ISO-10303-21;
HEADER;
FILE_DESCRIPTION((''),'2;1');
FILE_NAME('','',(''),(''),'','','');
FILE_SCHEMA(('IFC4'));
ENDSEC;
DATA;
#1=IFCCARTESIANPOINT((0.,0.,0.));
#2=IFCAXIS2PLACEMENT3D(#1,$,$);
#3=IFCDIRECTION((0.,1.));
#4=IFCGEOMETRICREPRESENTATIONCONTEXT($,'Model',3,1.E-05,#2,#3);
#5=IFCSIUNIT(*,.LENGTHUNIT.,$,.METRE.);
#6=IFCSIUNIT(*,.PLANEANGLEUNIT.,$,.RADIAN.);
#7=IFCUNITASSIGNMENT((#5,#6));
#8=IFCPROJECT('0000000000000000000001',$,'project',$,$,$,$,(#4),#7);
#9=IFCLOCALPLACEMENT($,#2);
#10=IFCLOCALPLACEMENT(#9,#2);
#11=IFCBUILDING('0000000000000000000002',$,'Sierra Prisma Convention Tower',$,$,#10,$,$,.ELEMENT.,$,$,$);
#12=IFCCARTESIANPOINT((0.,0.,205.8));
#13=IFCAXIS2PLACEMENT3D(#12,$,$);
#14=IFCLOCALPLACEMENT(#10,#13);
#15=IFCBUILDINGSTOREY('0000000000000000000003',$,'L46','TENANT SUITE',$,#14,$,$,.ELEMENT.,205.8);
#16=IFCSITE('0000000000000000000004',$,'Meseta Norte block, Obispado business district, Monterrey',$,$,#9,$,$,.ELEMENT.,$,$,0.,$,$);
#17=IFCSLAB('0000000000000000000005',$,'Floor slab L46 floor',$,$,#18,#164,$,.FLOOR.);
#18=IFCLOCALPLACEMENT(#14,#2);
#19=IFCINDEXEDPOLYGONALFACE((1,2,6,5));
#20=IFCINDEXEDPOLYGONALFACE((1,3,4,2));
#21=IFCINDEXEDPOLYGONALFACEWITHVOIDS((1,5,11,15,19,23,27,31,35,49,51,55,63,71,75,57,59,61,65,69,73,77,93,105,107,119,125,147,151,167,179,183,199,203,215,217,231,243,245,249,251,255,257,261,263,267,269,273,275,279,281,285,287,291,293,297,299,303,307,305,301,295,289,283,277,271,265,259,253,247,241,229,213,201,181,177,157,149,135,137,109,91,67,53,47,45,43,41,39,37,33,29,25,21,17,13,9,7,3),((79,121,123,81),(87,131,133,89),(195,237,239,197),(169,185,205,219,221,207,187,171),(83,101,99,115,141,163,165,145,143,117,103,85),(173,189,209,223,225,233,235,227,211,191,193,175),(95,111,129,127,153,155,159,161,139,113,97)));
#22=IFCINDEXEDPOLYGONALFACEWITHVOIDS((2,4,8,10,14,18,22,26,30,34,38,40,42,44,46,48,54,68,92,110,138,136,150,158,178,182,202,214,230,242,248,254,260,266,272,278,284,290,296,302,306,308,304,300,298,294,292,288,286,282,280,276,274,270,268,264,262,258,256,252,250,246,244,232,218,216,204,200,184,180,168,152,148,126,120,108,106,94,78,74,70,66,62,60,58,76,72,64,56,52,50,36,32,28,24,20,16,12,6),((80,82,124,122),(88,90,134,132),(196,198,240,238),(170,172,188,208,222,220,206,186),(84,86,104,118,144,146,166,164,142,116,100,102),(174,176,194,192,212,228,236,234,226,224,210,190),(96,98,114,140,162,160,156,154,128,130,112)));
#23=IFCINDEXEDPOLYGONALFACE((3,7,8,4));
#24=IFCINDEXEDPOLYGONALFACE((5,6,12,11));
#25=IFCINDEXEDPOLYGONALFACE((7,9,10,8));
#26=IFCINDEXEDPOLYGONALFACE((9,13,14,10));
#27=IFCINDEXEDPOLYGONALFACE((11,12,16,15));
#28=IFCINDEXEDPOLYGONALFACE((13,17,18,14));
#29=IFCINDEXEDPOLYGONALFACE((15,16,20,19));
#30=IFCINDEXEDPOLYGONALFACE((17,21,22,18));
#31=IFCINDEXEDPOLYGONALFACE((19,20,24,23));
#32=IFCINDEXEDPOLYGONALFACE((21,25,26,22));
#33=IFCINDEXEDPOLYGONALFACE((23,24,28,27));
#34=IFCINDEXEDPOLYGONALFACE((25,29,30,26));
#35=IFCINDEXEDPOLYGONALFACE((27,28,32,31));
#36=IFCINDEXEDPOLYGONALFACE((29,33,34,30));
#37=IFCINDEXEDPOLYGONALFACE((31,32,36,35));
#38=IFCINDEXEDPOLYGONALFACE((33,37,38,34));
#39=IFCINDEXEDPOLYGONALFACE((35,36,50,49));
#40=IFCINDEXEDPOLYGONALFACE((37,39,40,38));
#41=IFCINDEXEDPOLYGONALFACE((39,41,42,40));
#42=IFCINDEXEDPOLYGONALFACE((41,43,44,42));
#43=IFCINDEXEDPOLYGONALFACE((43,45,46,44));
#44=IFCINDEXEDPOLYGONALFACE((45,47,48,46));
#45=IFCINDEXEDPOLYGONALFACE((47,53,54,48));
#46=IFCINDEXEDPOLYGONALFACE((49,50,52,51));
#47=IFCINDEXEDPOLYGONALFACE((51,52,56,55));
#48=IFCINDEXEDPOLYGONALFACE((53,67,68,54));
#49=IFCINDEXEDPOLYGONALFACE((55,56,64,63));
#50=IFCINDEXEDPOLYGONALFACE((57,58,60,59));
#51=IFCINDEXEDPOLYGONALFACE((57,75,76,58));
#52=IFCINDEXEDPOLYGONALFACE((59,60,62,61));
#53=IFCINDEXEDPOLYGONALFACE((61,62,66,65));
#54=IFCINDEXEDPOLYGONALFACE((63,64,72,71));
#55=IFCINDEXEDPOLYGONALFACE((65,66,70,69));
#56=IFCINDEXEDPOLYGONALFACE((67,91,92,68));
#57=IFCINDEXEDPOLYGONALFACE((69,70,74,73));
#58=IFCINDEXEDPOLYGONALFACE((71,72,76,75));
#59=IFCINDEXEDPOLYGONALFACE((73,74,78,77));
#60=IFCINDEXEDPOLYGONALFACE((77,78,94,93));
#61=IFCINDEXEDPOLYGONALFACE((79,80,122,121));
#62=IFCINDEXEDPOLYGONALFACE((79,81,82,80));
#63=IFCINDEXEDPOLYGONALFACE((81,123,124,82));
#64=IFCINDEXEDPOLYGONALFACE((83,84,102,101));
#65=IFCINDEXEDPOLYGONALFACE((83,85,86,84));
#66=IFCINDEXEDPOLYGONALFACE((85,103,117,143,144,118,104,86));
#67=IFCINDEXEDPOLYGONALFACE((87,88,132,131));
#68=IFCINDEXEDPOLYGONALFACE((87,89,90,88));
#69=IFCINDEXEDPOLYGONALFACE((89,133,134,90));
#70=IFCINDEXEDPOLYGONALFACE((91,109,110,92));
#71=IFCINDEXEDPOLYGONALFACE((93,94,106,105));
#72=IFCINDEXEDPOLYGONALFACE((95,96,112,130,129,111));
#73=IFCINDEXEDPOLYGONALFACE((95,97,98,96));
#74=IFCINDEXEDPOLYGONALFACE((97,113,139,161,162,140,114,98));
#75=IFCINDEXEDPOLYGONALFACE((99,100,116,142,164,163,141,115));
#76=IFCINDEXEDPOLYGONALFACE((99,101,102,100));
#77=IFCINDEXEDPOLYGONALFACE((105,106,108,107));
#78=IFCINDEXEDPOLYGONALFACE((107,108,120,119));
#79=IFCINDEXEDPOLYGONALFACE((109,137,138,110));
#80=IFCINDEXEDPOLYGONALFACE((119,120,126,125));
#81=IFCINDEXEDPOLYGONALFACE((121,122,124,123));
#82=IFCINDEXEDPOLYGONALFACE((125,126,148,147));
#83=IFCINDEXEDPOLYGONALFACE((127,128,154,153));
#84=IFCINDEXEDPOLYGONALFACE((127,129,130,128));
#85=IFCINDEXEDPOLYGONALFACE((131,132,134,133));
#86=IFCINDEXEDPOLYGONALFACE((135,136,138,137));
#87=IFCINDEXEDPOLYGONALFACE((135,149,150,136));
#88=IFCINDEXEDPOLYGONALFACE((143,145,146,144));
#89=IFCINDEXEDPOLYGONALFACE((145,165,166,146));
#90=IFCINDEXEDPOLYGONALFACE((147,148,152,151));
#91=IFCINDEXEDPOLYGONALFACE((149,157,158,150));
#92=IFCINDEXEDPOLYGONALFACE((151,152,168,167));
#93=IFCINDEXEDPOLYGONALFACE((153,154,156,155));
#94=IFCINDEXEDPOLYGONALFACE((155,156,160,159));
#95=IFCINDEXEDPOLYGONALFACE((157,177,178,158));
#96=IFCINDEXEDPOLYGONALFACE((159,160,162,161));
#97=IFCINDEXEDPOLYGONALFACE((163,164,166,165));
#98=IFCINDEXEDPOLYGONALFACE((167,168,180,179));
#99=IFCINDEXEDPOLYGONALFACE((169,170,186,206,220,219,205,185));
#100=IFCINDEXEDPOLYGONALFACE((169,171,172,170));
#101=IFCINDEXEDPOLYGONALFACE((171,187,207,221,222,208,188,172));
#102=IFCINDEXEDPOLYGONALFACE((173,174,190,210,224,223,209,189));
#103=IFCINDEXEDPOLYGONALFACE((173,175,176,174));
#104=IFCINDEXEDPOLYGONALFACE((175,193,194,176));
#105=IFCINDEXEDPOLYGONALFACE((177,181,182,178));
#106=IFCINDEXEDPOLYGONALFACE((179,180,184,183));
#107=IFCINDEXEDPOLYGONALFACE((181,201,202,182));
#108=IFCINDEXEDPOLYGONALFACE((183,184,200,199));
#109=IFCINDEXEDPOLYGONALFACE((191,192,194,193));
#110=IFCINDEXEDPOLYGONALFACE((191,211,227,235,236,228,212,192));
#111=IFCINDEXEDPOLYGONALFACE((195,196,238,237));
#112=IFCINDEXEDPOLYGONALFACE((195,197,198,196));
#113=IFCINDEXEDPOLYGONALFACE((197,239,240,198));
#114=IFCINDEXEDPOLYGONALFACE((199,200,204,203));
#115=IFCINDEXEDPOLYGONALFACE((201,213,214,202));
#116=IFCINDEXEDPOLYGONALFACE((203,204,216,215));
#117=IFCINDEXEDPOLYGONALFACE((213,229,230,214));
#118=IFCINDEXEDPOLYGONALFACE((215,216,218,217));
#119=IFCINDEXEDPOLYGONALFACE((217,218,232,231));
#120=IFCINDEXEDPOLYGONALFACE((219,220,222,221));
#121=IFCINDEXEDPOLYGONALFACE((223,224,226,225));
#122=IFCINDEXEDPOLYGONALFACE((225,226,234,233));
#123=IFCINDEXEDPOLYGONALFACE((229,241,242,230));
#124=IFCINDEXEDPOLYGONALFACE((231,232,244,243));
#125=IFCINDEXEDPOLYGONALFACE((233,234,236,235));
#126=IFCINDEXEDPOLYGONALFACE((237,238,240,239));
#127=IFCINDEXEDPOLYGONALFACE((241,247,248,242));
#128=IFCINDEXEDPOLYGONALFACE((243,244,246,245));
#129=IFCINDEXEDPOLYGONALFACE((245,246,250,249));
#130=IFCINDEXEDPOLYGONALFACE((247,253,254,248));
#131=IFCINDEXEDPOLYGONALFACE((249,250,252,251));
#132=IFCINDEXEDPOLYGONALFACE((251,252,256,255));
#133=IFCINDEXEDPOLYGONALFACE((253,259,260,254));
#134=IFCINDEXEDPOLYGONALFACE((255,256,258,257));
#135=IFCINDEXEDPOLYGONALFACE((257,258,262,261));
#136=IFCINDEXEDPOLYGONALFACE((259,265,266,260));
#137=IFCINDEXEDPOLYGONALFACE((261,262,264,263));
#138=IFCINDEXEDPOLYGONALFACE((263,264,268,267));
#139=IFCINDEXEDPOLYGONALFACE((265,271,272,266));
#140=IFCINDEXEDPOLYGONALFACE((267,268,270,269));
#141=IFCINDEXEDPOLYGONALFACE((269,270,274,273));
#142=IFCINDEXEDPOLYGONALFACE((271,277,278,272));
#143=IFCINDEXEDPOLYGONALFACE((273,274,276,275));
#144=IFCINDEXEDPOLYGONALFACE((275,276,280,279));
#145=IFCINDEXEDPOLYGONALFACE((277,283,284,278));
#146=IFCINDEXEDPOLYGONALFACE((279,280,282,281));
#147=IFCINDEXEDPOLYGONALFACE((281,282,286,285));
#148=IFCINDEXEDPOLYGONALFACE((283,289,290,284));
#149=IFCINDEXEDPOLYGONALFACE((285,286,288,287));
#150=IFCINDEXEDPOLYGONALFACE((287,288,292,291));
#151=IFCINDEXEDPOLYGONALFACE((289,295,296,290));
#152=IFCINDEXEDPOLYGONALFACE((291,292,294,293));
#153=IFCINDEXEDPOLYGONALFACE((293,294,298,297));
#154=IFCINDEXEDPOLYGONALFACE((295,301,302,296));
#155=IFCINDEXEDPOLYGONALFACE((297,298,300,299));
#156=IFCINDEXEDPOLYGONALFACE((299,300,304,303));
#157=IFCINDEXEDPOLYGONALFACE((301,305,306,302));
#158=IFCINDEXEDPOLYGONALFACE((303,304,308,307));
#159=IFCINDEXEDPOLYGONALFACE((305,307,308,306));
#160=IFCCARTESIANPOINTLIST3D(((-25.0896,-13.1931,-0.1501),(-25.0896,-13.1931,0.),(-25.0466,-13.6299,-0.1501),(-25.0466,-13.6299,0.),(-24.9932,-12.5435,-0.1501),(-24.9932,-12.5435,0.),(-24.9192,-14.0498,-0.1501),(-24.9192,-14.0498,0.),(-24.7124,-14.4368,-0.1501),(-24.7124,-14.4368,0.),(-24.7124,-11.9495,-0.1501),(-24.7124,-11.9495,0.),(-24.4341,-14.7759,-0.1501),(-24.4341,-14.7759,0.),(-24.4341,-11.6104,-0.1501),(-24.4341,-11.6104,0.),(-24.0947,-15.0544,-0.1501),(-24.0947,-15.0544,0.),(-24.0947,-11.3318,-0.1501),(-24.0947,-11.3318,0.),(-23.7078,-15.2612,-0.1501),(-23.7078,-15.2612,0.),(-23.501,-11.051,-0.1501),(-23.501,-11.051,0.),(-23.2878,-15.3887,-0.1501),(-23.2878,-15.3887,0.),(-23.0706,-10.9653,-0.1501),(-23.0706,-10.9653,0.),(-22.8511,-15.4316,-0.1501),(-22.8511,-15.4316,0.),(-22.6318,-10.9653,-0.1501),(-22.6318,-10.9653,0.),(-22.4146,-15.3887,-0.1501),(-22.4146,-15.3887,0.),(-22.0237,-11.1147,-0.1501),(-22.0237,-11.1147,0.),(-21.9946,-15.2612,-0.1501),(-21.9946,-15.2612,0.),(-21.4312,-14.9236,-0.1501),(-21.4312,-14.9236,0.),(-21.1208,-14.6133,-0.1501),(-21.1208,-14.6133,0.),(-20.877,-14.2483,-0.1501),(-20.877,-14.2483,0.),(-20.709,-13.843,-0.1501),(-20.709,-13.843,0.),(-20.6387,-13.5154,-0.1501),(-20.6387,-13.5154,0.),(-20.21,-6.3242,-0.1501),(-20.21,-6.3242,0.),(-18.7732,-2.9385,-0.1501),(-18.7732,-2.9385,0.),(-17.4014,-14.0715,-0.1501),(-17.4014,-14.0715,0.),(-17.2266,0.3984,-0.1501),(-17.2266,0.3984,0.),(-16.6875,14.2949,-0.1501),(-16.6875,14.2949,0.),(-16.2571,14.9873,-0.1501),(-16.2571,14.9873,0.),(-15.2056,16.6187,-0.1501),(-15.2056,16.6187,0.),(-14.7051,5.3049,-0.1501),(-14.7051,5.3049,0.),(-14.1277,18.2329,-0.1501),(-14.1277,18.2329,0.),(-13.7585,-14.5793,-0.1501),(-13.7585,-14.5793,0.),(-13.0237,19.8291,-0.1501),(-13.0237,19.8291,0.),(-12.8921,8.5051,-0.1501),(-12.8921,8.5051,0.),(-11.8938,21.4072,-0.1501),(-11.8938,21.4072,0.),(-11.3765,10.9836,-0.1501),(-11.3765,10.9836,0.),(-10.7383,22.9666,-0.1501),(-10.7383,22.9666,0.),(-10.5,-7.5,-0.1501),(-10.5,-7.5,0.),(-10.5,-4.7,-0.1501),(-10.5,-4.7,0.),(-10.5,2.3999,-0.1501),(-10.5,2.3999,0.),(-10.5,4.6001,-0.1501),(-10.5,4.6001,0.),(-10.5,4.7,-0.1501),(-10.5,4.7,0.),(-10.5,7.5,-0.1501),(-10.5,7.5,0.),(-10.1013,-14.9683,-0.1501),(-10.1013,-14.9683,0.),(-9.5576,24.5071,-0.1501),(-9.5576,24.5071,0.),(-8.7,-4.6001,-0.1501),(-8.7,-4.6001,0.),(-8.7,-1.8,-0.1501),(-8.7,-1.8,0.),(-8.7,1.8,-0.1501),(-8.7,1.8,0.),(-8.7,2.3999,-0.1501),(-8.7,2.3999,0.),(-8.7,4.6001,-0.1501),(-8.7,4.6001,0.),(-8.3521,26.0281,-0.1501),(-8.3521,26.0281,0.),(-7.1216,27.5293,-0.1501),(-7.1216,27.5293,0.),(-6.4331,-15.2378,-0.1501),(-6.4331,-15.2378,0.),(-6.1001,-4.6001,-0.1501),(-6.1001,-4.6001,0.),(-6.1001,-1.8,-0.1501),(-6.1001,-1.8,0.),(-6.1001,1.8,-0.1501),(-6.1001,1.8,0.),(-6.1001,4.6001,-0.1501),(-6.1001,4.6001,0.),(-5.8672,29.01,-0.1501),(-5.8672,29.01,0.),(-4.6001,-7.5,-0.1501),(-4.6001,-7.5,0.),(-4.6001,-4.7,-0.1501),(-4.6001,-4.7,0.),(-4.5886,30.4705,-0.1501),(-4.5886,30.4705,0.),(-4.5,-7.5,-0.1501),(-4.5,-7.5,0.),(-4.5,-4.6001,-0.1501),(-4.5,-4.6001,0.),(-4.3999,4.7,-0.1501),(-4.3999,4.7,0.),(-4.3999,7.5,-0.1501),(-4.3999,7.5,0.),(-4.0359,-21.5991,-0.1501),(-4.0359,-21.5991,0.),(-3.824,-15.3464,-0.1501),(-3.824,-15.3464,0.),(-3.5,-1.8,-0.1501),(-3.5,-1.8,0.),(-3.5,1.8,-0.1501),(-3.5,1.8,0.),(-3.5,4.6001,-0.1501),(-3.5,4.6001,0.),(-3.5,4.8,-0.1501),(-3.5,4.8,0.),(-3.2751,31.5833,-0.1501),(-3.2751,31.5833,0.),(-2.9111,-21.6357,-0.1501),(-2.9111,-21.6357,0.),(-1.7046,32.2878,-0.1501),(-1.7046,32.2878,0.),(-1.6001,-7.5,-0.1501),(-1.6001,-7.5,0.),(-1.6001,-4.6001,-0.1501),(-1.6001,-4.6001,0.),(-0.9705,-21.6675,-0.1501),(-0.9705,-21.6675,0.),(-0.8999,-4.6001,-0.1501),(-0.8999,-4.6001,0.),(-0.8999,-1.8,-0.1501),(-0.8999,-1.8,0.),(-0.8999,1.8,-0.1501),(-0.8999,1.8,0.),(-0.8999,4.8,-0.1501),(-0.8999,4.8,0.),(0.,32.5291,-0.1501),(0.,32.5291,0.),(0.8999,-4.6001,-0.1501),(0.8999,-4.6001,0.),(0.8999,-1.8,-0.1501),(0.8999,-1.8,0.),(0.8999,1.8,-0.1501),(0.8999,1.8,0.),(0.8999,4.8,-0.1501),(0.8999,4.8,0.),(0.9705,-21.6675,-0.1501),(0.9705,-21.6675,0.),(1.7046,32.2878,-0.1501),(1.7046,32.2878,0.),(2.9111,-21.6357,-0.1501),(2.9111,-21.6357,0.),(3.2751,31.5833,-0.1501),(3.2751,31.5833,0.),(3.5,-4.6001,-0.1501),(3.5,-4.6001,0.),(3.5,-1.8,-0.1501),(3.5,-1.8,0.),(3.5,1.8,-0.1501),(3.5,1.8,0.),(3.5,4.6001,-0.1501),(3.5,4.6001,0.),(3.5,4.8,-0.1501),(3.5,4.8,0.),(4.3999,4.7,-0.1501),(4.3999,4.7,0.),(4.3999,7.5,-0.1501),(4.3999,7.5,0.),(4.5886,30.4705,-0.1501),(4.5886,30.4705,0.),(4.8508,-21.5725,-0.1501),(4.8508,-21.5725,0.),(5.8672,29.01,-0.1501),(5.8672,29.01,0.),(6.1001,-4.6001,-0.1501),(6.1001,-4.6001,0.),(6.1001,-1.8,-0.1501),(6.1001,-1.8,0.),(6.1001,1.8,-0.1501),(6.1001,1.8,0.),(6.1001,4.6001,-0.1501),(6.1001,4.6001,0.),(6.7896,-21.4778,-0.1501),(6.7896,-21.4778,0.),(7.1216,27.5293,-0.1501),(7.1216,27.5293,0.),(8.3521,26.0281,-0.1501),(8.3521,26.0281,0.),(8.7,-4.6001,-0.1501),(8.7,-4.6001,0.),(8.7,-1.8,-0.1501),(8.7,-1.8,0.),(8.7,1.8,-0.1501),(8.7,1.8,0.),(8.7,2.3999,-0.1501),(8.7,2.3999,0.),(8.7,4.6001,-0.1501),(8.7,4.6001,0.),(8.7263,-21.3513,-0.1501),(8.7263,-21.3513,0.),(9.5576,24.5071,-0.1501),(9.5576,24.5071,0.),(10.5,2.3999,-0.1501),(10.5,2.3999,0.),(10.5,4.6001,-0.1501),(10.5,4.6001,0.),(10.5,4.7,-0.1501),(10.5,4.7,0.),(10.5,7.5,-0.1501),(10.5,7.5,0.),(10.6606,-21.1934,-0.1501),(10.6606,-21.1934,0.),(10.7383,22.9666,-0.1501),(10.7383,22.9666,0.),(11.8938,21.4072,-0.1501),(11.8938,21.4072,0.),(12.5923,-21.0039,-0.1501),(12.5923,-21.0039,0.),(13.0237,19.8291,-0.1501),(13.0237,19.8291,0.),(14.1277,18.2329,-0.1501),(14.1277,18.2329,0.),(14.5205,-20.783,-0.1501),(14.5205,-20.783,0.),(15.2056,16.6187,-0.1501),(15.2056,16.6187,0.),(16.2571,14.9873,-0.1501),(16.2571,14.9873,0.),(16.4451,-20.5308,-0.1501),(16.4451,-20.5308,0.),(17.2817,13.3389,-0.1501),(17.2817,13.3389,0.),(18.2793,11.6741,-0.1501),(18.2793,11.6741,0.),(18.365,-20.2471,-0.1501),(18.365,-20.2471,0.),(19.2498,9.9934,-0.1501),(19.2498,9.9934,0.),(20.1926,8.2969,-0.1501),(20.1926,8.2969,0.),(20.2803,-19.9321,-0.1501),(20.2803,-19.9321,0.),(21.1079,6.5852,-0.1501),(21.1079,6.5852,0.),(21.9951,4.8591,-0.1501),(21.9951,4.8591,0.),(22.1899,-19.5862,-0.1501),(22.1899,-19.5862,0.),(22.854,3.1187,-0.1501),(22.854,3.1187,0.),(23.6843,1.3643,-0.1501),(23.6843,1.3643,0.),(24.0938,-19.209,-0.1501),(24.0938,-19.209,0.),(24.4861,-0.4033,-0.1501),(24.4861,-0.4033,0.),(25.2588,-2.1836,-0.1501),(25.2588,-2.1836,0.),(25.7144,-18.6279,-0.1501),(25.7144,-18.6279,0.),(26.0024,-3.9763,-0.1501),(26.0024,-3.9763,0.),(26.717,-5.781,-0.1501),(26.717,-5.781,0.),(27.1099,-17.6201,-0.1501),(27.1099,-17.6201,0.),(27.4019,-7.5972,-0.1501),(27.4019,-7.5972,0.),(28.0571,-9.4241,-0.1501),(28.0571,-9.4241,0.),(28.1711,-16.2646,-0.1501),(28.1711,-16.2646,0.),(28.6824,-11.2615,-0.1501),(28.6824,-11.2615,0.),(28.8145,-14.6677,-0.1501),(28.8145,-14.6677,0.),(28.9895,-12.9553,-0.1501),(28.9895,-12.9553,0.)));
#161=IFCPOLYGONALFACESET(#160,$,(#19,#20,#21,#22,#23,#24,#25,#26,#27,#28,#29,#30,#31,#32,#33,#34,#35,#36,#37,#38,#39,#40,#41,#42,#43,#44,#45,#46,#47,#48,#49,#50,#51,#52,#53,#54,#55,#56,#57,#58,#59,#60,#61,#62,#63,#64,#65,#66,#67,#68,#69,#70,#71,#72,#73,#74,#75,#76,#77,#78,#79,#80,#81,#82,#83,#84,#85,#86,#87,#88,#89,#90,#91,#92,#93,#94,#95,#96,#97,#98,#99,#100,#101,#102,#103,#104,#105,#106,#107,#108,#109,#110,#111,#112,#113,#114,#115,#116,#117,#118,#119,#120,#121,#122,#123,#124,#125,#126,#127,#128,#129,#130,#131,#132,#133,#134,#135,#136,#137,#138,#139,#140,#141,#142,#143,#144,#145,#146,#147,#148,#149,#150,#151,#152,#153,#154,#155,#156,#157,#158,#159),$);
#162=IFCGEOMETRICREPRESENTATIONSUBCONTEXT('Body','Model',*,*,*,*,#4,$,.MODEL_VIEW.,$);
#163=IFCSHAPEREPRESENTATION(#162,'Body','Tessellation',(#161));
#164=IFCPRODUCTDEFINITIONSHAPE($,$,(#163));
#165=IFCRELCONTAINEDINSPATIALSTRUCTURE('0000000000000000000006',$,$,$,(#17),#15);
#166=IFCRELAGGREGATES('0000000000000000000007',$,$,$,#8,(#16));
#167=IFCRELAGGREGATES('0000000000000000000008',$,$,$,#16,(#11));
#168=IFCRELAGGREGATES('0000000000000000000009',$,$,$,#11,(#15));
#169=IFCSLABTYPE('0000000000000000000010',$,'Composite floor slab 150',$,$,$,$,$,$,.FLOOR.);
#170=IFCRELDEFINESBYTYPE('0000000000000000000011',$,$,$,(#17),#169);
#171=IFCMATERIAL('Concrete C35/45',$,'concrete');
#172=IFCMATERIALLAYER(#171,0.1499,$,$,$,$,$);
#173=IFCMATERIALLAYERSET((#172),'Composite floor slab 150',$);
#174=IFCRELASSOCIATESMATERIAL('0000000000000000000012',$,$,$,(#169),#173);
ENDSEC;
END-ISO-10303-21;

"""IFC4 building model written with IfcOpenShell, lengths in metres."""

from ifc_helpers import new_model, si_unit, direction, frame, origin, place, context, subcontext, project, spatial, polyline, outline, extrude, material, layer, layer_set, type_object, element, save


model = new_model("IFC4")

# Units and contexts
model_context = context("Model", 3, precision=1e-05, world=origin(), true_north=direction((0.0, 1.0)))
body_context = subcontext(model_context, "Body", "Model", "MODEL_VIEW")
ifc_project = project(units=[si_unit("LENGTHUNIT", "METRE"), si_unit("PLANEANGLEUNIT", "RADIAN")], contexts=[model_context])

# Site, building, storey
site_placement = place(None, origin())
site = spatial("IfcSite", under=ifc_project, at=site_placement, Name="Meseta Norte block, Obispado business district, Monterrey", CompositionType="ELEMENT", RefElevation=0.0)
building_placement = place(site_placement, origin())
building = spatial("IfcBuilding", under=site, at=building_placement, Name="Sierra Prisma Convention Tower", CompositionType="ELEMENT")
storey_placement = place(building_placement, frame((0.0, 0.0, 205.8)))
storey = spatial("IfcBuildingStorey", under=building, at=storey_placement, Name="L46", Description="TENANT SUITE", CompositionType="ELEMENT", Elevation=205.8)

# Slab
ifc_material_1 = material(Name="Concrete C35/45", Category="concrete")
ifc_layer_1 = layer(ifc_material_1, 0.1499)
ifc_layer_set_1 = layer_set([ifc_layer_1], Name="Composite floor slab 150")
slab_type_1 = type_object("IfcSlabType", Name="Composite floor slab 150", PredefinedType="FLOOR", material=ifc_layer_set_1)
slab_1_placement = place(storey_placement, frame((0.0, 0.0, -0.1501)))
element("IfcSlab", 1, at=slab_1_placement, inside=storey, type_object=slab_type_1, Name="Floor slab L46 floor", PredefinedType="FLOOR", context=body_context, shape_type="SweptSolid", body=[
    extrude(outline(polyline([(-16.2571, 14.9873), (-16.6875, 14.2949), (-11.3765, 10.9836), (-12.8921, 8.5051), (-14.7051, 5.3049), (-17.2266, 0.3984), (-18.7732, -2.9385), (-20.21, -6.3242), (-22.0237, -11.1147), (-22.6318, -10.9653), (-23.0706, -10.9653), (-23.501, -11.051), (-24.0947, -11.3318), (-24.4341, -11.6104), (-24.7124, -11.9495), (-24.9932, -12.5435), (-25.0896, -13.1931), (-25.0466, -13.6299), (-24.9192, -14.0498), (-24.7124, -14.4368), (-24.4341, -14.7759), (-24.0947, -15.0544), (-23.7078, -15.2612), (-23.2878, -15.3887), (-22.8511, -15.4316), (-22.4146, -15.3887), (-21.9946, -15.2612), (-21.4312, -14.9236), (-21.1208, -14.6133), (-20.877, -14.2483), (-20.709, -13.843), (-20.6387, -13.5154), (-17.4014, -14.0715), (-13.7585, -14.5793), (-10.1013, -14.9683), (-6.4331, -15.2378), (-3.824, -15.3464), (-4.0359, -21.5991), (-2.9111, -21.6357), (-0.9705, -21.6675), (0.9705, -21.6675), (2.9111, -21.6357), (4.8508, -21.5725), (6.7896, -21.4778), (8.7263, -21.3513), (10.6606, -21.1934), (12.5923, -21.0039), (14.5205, -20.783), (16.4451, -20.5308), (18.365, -20.2471), (20.2803, -19.9321), (22.1899, -19.5862), (24.0938, -19.209), (25.7144, -18.6279), (27.1099, -17.6201), (28.1711, -16.2646), (28.8145, -14.6677), (28.9895, -12.9553), (28.6824, -11.2615), (28.0571, -9.4241), (27.4019, -7.5972), (26.717, -5.781), (26.0024, -3.9763), (25.2588, -2.1836), (24.4861, -0.4033), (23.6843, 1.3643), (22.854, 3.1187), (21.9951, 4.8591), (21.1079, 6.5852), (20.1926, 8.2969), (19.2498, 9.9934), (18.2793, 11.6741), (17.2817, 13.3389), (16.2571, 14.9873), (15.2056, 16.6187), (14.1277, 18.2329), (13.0237, 19.8291), (11.8938, 21.4072), (10.7383, 22.9666), (9.5576, 24.5071), (8.3521, 26.0281), (7.1216, 27.5293), (5.8672, 29.01), (4.5886, 30.4705), (3.2751, 31.5833), (1.7046, 32.2878), (0.0, 32.5291), (-1.7046, 32.2878), (-3.2751, 31.5833), (-4.5886, 30.4705), (-5.8672, 29.01), (-7.1216, 27.5293), (-8.3521, 26.0281), (-9.5576, 24.5071), (-10.7383, 22.9666), (-11.8938, 21.4072), (-13.0237, 19.8291), (-14.1277, 18.2329), (-15.2056, 16.6187), (-16.2571, 14.9873)]), holes=[polyline([(-4.6001, -7.5), (-10.5, -7.5), (-10.5, -4.7), (-4.6001, -4.7), (-4.6001, -7.5)]), polyline([(-8.7, -4.6001), (-8.7, -1.8), (-6.1001, -1.8), (-3.5, -1.8), (-0.8999, -1.8), (-0.8999, -4.6001), (-1.6001, -4.6001), (-1.6001, -7.5), (-4.5, -7.5), (-4.5, -4.6001), (-6.1001, -4.6001), (-8.7, -4.6001)]), polyline([(-10.5, 4.6001), (-8.7, 4.6001), (-6.1001, 4.6001), (-3.5, 4.6001), (-3.5, 4.8), (-0.8999, 4.8), (-0.8999, 1.8), (-3.5, 1.8), (-6.1001, 1.8), (-8.7, 1.8), (-8.7, 2.3999), (-10.5, 2.3999), (-10.5, 4.6001)]), polyline([(-10.5, 4.7), (-10.5, 7.5), (-4.3999, 7.5), (-4.3999, 4.7), (-10.5, 4.7)]), polyline([(6.1001, -1.8), (8.7, -1.8), (8.7, -4.6001), (6.1001, -4.6001), (3.5, -4.6001), (0.8999, -4.6001), (0.8999, -1.8), (3.5, -1.8), (6.1001, -1.8)]), polyline([(8.7, 4.6001), (10.5, 4.6001), (10.5, 2.3999), (8.7, 2.3999), (8.7, 1.8), (6.1001, 1.8), (3.5, 1.8), (0.8999, 1.8), (0.8999, 4.8), (3.5, 4.8), (3.5, 4.6001), (6.1001, 4.6001), (8.7, 4.6001)]), polyline([(4.3999, 4.7), (4.3999, 7.5), (10.5, 7.5), (10.5, 4.7), (4.3999, 4.7)])]), origin(), (0.0, 0.0, 1.0), 0.1501),
])

save(model, "model.ifc")
